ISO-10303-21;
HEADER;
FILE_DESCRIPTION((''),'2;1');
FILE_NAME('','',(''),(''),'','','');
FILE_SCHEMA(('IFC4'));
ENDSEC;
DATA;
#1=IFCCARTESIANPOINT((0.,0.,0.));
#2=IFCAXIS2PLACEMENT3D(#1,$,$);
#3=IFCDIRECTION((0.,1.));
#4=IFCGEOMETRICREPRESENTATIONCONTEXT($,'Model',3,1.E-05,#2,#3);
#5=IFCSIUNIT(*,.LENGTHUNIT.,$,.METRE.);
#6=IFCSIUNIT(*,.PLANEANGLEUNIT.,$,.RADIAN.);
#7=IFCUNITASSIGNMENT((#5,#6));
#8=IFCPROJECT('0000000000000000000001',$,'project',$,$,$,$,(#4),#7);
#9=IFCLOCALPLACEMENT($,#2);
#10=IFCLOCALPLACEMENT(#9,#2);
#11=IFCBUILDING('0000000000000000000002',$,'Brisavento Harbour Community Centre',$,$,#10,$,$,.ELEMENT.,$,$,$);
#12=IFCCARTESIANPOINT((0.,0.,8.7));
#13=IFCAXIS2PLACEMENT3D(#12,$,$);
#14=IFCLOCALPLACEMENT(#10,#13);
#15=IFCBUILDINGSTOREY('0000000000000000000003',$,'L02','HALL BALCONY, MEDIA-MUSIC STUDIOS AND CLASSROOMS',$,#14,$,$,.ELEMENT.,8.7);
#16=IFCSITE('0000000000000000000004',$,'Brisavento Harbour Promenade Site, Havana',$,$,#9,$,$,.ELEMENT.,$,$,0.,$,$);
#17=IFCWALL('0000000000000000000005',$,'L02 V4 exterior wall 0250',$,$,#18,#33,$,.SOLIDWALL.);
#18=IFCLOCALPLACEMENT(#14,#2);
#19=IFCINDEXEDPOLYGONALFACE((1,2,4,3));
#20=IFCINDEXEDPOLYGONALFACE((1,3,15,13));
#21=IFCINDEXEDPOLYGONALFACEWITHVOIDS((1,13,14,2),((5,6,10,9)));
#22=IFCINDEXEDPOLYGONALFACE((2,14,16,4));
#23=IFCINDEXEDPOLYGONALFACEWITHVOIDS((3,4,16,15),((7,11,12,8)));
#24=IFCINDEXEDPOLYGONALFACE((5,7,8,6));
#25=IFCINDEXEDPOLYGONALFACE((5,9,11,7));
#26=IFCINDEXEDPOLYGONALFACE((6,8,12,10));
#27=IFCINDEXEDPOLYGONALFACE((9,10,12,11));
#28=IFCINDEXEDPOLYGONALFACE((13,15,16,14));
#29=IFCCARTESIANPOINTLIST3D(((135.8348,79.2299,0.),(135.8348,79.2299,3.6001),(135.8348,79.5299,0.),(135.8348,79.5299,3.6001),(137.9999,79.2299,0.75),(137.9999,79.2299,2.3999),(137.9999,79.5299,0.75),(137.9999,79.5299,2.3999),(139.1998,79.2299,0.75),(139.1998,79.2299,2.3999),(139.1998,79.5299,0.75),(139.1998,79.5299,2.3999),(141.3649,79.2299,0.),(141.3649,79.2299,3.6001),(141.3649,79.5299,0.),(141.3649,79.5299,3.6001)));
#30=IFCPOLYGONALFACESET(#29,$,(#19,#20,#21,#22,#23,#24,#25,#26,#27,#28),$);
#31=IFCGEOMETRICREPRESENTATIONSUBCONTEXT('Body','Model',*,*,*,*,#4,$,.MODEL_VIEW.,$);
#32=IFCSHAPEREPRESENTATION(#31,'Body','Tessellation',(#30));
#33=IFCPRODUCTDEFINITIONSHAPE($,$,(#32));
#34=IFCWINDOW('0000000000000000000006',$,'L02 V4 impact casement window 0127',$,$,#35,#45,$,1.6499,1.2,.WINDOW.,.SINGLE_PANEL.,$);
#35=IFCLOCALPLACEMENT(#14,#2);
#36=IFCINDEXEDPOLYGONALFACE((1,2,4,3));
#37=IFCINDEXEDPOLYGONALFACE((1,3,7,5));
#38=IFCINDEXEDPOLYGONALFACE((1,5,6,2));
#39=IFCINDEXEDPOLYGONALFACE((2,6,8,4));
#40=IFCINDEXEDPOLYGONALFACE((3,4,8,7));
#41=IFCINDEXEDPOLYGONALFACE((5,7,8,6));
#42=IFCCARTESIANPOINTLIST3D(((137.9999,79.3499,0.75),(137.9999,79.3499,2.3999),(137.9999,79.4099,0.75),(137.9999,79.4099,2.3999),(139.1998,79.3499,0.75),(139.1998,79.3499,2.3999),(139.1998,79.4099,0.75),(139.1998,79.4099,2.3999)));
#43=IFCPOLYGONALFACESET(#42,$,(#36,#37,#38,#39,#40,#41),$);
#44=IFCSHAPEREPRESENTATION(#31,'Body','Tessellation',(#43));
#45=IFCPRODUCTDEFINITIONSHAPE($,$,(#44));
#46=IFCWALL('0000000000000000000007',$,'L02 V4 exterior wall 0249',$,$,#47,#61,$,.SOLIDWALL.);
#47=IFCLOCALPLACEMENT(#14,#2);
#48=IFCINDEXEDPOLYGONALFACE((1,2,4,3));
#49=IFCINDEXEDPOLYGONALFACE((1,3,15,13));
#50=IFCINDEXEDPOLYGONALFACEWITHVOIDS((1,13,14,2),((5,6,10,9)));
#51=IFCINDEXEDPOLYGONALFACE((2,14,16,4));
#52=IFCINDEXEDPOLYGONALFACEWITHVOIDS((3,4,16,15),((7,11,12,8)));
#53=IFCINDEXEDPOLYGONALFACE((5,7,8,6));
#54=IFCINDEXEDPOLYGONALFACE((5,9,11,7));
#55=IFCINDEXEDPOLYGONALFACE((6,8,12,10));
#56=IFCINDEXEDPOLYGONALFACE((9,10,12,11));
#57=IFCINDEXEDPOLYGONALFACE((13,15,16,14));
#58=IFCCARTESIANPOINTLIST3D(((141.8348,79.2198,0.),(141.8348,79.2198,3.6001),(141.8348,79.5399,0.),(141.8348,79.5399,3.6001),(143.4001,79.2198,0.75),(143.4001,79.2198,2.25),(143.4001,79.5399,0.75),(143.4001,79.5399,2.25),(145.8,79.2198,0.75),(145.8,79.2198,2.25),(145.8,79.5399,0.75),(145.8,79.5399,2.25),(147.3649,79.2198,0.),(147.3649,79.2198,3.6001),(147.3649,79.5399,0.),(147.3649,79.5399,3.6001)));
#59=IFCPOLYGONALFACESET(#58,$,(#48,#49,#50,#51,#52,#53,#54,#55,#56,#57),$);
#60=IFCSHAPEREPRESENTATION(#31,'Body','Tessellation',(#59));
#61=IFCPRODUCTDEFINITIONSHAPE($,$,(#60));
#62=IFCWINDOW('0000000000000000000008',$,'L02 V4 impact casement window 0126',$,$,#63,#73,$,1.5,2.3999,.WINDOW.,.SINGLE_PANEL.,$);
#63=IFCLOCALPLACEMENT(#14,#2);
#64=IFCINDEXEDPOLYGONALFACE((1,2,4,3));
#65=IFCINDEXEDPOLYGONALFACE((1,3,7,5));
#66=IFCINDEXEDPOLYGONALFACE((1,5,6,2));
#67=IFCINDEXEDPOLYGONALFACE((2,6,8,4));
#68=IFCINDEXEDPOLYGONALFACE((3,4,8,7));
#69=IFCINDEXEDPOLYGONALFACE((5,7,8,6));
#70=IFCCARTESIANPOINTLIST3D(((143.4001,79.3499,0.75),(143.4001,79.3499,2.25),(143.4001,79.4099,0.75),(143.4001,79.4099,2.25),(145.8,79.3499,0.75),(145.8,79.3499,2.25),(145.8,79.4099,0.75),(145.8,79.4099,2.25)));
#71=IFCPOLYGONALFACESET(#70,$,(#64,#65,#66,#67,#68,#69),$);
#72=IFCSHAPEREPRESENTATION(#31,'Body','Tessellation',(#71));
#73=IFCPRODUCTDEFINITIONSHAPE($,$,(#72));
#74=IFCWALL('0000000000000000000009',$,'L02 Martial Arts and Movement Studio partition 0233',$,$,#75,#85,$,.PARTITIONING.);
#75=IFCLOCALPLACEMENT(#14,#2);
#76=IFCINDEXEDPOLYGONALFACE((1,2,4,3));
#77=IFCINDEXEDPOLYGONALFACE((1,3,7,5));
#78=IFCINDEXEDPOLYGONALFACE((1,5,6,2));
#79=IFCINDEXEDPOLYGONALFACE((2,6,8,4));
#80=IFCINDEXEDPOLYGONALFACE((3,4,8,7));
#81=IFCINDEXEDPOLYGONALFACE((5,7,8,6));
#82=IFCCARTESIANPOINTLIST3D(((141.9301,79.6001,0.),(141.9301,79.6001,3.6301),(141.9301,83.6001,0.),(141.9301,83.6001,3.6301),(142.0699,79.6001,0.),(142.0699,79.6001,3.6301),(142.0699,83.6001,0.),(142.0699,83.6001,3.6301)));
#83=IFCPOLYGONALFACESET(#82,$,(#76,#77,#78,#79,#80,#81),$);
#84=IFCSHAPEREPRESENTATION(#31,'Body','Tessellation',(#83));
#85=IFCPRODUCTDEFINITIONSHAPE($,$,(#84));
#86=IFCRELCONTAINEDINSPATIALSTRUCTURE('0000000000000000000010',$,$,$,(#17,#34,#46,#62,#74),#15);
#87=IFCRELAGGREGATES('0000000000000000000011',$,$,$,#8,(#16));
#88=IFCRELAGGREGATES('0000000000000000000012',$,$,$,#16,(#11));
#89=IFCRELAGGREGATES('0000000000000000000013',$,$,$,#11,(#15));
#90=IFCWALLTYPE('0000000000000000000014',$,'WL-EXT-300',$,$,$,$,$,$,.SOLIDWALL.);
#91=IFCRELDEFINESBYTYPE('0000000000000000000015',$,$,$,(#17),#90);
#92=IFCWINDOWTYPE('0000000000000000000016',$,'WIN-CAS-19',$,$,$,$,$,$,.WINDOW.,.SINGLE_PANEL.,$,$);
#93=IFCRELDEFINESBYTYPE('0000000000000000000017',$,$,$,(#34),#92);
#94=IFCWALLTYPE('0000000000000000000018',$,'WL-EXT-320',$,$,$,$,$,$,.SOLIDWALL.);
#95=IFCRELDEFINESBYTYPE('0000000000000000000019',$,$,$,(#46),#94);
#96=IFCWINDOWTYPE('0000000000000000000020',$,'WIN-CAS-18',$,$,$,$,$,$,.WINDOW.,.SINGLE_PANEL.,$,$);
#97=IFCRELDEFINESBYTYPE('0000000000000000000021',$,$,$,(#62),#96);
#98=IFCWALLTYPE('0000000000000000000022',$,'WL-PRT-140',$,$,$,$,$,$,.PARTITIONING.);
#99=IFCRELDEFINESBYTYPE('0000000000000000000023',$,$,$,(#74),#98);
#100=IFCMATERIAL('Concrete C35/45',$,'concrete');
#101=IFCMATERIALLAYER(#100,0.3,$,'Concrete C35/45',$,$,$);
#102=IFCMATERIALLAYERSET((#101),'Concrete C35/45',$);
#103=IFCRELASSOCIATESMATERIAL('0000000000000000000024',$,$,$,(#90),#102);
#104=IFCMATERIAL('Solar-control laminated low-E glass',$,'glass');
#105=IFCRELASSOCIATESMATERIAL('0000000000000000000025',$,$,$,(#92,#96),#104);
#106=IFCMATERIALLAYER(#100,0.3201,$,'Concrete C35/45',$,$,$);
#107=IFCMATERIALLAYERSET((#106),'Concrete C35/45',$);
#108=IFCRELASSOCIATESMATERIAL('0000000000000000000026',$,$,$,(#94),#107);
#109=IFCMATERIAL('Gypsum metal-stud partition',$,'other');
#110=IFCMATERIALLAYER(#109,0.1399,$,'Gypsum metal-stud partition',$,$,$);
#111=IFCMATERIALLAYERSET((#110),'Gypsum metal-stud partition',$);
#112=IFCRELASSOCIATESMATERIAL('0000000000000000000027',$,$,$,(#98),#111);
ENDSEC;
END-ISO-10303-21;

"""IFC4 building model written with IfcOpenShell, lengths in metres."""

from ifc_helpers import new_model, si_unit, direction, frame, frame_2d, origin, place, context, subcontext, project, spatial, rectangle, extrude, material, layer, layer_set, type_object, element, fill, save


model = new_model("IFC4")

# Units and contexts
model_context = context("Model", 3, precision=1e-05, world=origin(), true_north=direction((0.0, 1.0)))
body_context = subcontext(model_context, "Body", "Model", "MODEL_VIEW")
ifc_project = project(units=[si_unit("LENGTHUNIT", "METRE"), si_unit("PLANEANGLEUNIT", "RADIAN")], contexts=[model_context])

# Site, building, storey
site_placement = place(None, origin())
site = spatial("IfcSite", under=ifc_project, at=site_placement, Name="Brisavento Harbour Promenade Site, Havana", CompositionType="ELEMENT", RefElevation=0.0)
building_placement = place(site_placement, origin())
building = spatial("IfcBuilding", under=site, at=building_placement, Name="Brisavento Harbour Community Centre", CompositionType="ELEMENT")
storey_placement = place(building_placement, frame((0.0, 0.0, 8.7)))
storey = spatial("IfcBuildingStorey", under=building, at=storey_placement, Name="L02", Description="HALL BALCONY, MEDIA-MUSIC STUDIOS AND CLASSROOMS", CompositionType="ELEMENT", Elevation=8.7)

# Shared definitions
ifc_material_1 = material(Name="Concrete C35/45", Category="concrete")

# Walls, openings, windows
ifc_material_2 = material(Name="Solar-control laminated low-E glass", Category="glass")
ifc_layer_1 = layer(ifc_material_1, 0.3, Name="Concrete C35/45")
ifc_layer_set_1 = layer_set([ifc_layer_1], Name="Concrete C35/45")
wall_type_1 = type_object("IfcWallType", Name="WL-EXT-300", PredefinedType="SOLIDWALL", material=ifc_layer_set_1)
wall_1_placement = place(storey_placement, frame((141.365, 79.3799, 0.0), z_axis=(0.0, 0.0, 1.0), x_axis=(-1.0, 0.0, 0.0)))
wall_1 = element("IfcWall", 1, at=wall_1_placement, inside=storey, type_object=wall_type_1, Name="L02 V4 exterior wall 0250", PredefinedType="SOLIDWALL", context=body_context, shape_type="SweptSolid", body=[
    extrude(rectangle(XDim=5.53, YDim=0.3, at=frame_2d((2.7651, 0.0))), origin(), (0.0, 0.0, 1.0), 3.6001),
])
opening_1_placement = place(wall_1_placement, frame((2.165, 0.0, 0.75)))
opening_1 = element("IfcOpeningElement", 2, at=opening_1_placement, cuts=wall_1, PredefinedType="OPENING", context=body_context, shape_type="SweptSolid", body=[
    extrude(rectangle(XDim=1.2, YDim=1.6499, at=frame_2d((0.6001, 0.825))), frame((0.0, 0.1602, 0.0), z_axis=(0.0, -1.0, 0.0), x_axis=(1.0, 0.0, 0.0)), (0.0, 0.0, 1.0), 0.3201),
])
window_type_1 = type_object("IfcWindowType", Name="WIN-CAS-19", PartitioningType="SINGLE_PANEL", PredefinedType="WINDOW", material=ifc_material_2)
window_1_placement = place(opening_1_placement, origin())
window_1 = element("IfcWindow", 3, at=window_1_placement, inside=storey, type_object=window_type_1, Name="L02 V4 impact casement window 0127", OverallHeight=1.6499, OverallWidth=1.2, PartitioningType="SINGLE_PANEL", PredefinedType="WINDOW", context=body_context, shape_type="SweptSolid", body=[
    extrude(rectangle(XDim=1.2, YDim=1.6499, at=frame_2d((0.6001, 0.825))), frame((0.0, 0.03, 0.0), z_axis=(0.0, -1.0, 0.0), x_axis=(1.0, 0.0, 0.0)), (0.0, 0.0, 1.0), 0.0601),
])
fill(opening_1, window_1)
ifc_layer_2 = layer(ifc_material_1, 0.3201, Name="Concrete C35/45")
ifc_layer_set_2 = layer_set([ifc_layer_2], Name="Concrete C35/45")
wall_type_2 = type_object("IfcWallType", Name="WL-EXT-320", PredefinedType="SOLIDWALL", material=ifc_layer_set_2)
wall_2_placement = place(storey_placement, frame((147.365, 79.3799, 0.0), z_axis=(0.0, 0.0, 1.0), x_axis=(-1.0, 0.0, 0.0)))
wall_2 = element("IfcWall", 4, at=wall_2_placement, inside=storey, type_object=wall_type_2, Name="L02 V4 exterior wall 0249", PredefinedType="SOLIDWALL", context=body_context, shape_type="SweptSolid", body=[
    extrude(rectangle(XDim=5.53, YDim=0.3201, at=frame_2d((2.7651, 0.0))), origin(), (0.0, 0.0, 1.0), 3.6001),
])
opening_2_placement = place(wall_2_placement, frame((1.5649, 0.0, 0.75)))
opening_2 = element("IfcOpeningElement", 5, at=opening_2_placement, cuts=wall_2, PredefinedType="OPENING", context=body_context, shape_type="SweptSolid", body=[
    extrude(rectangle(XDim=2.3999, YDim=1.5, at=frame_2d((1.2, 0.75))), frame((0.0, 0.1699, 0.0), z_axis=(0.0, -1.0, 0.0), x_axis=(1.0, 0.0, 0.0)), (0.0, 0.0, 1.0), 0.3401),
])
window_type_2 = type_object("IfcWindowType", Name="WIN-CAS-18", PartitioningType="SINGLE_PANEL", PredefinedType="WINDOW", material=ifc_material_2)
window_2_placement = place(opening_2_placement, origin())
window_2 = element("IfcWindow", 6, at=window_2_placement, inside=storey, type_object=window_type_2, Name="L02 V4 impact casement window 0126", OverallHeight=1.5, OverallWidth=2.3999, PartitioningType="SINGLE_PANEL", PredefinedType="WINDOW", context=body_context, shape_type="SweptSolid", body=[
    extrude(rectangle(XDim=2.3999, YDim=1.5, at=frame_2d((1.2, 0.75))), frame((0.0, 0.03, 0.0), z_axis=(0.0, -1.0, 0.0), x_axis=(1.0, 0.0, 0.0)), (0.0, 0.0, 1.0), 0.0601),
])
fill(opening_2, window_2)

# Wall
ifc_material_3 = material(Name="Gypsum metal-stud partition", Category="other")
ifc_layer_3 = layer(ifc_material_3, 0.1399, Name="Gypsum metal-stud partition")
ifc_layer_set_3 = layer_set([ifc_layer_3], Name="Gypsum metal-stud partition")
wall_type_3 = type_object("IfcWallType", Name="WL-PRT-140", PredefinedType="PARTITIONING", material=ifc_layer_set_3)
wall_3_placement = place(storey_placement, frame((142.0, 79.6001, 0.0), z_axis=(0.0, 0.0, 1.0), x_axis=(0.0, 1.0, 0.0)))
element("IfcWall", 7, at=wall_3_placement, inside=storey, type_object=wall_type_3, Name="L02 Martial Arts and Movement Studio partition 0233", PredefinedType="PARTITIONING", context=body_context, shape_type="SweptSolid", body=[
    extrude(rectangle(XDim=4.0, YDim=0.1399, at=frame_2d((2.0, 0.0))), origin(), (0.0, 0.0, 1.0), 3.6301),
])

save(model, "model.ifc")
